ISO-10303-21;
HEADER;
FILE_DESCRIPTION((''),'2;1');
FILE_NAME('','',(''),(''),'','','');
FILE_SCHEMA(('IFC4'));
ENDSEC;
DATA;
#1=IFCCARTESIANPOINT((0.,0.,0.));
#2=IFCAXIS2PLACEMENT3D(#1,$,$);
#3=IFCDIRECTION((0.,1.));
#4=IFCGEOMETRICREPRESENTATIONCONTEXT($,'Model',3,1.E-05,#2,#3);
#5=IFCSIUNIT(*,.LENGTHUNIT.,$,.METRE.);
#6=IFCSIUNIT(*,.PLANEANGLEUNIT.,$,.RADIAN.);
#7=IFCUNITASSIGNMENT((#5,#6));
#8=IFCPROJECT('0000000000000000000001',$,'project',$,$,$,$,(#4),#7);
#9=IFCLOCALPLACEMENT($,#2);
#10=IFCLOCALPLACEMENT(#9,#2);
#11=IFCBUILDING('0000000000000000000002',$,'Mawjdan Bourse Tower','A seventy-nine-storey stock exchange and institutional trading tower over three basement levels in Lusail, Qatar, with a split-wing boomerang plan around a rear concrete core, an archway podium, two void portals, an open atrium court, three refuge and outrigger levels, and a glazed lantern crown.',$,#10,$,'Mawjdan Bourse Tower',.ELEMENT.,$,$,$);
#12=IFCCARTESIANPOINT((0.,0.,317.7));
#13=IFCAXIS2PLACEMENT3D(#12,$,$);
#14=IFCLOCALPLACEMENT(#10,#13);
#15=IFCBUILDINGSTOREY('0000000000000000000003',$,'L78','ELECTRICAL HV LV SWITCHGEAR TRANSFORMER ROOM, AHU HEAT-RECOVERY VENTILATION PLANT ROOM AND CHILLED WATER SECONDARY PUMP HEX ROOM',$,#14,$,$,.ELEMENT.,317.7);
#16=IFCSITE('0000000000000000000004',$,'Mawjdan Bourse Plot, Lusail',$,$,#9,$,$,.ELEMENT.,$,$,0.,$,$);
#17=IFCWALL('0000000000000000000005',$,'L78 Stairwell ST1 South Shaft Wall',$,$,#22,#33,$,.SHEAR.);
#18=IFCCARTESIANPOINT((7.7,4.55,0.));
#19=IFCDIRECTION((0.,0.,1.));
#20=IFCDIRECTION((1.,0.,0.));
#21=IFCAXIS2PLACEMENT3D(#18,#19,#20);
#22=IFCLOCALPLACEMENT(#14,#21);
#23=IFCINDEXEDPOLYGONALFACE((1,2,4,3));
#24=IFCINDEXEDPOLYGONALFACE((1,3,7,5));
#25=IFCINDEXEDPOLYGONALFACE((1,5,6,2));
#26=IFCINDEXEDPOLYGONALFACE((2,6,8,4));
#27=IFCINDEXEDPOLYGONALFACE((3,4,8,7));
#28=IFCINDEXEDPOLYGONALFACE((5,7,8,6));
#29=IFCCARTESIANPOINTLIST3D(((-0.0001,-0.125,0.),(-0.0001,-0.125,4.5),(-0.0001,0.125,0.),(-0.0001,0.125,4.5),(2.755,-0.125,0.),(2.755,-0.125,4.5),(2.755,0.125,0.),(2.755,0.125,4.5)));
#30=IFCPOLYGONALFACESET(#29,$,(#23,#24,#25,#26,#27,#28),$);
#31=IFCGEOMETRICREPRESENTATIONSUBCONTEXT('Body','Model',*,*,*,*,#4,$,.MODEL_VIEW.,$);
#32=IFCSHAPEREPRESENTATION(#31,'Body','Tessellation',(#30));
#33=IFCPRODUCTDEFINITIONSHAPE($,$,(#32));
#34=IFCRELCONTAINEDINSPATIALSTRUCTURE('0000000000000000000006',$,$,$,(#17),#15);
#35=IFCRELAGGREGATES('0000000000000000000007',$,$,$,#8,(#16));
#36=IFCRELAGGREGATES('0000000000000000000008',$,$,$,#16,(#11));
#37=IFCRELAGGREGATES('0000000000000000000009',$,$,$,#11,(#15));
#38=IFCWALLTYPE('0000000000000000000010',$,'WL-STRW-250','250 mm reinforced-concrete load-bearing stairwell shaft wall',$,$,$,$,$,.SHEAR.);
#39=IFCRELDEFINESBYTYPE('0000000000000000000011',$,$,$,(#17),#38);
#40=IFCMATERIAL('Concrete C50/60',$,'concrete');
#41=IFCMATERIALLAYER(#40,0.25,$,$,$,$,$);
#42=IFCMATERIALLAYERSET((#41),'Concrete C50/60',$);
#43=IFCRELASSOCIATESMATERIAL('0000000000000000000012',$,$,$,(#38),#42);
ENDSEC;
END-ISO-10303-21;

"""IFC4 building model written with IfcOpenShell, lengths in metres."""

from ifc_helpers import new_model, si_unit, direction, frame, frame_2d, origin, place, context, subcontext, project, spatial, rectangle, extrude, material, layer, layer_set, type_object, element, save


model = new_model("IFC4")

# Units and contexts
model_context = context("Model", 3, precision=1e-05, world=origin(), true_north=direction((0.0, 1.0)))
body_context = subcontext(model_context, "Body", "Model", "MODEL_VIEW")
ifc_project = project(units=[si_unit("LENGTHUNIT", "METRE"), si_unit("PLANEANGLEUNIT", "RADIAN")], contexts=[model_context])

# Site, building, storey
site_placement = place(None, origin())
site = spatial("IfcSite", under=ifc_project, at=site_placement, Name="Mawjdan Bourse Plot, Lusail", CompositionType="ELEMENT", RefElevation=0.0)
building_placement = place(site_placement, origin())
building = spatial("IfcBuilding", under=site, at=building_placement, Name="Mawjdan Bourse Tower", Description="A seventy-nine-storey stock exchange and institutional trading tower over three basement levels in Lusail, Qatar, with a split-wing boomerang plan around a rear concrete core, an archway podium, two void portals, an open atrium court, three refuge and outrigger levels, and a glazed lantern crown.", LongName="Mawjdan Bourse Tower", CompositionType="ELEMENT")
storey_placement = place(building_placement, frame((0.0, 0.0, 317.7)))
storey = spatial("IfcBuildingStorey", under=building, at=storey_placement, Name="L78", Description="ELECTRICAL HV LV SWITCHGEAR TRANSFORMER ROOM, AHU HEAT-RECOVERY VENTILATION PLANT ROOM AND CHILLED WATER SECONDARY PUMP HEX ROOM", CompositionType="ELEMENT", Elevation=317.7)

# Shared definitions
ifc_material_1 = material(Name="Concrete C50/60", Category="concrete")

# Wall
ifc_layer_1 = layer(ifc_material_1, 0.25)
ifc_layer_set_1 = layer_set([ifc_layer_1], Name="Concrete C50/60")
wall_type_1 = type_object("IfcWallType", Name="WL-STRW-250", Description="250 mm reinforced-concrete load-bearing stairwell shaft wall", PredefinedType="SHEAR", material=ifc_layer_set_1)
wall_1_placement = place(storey_placement, frame((7.7, 4.55, 0.0), z_axis=(0.0, 0.0, 1.0), x_axis=(1.0, 0.0, 0.0)))
element("IfcWall", 1, at=wall_1_placement, inside=storey, type_object=wall_type_1, Name="L78 Stairwell ST1 South Shaft Wall", PredefinedType="SHEAR", context=body_context, shape_type="SweptSolid", body=[
    extrude(rectangle(XDim=2.7551, YDim=0.25, at=frame_2d((1.3774, 0.0))), origin(), (0.0, 0.0, 1.0), 4.5),
])

save(model, "model.ifc")
